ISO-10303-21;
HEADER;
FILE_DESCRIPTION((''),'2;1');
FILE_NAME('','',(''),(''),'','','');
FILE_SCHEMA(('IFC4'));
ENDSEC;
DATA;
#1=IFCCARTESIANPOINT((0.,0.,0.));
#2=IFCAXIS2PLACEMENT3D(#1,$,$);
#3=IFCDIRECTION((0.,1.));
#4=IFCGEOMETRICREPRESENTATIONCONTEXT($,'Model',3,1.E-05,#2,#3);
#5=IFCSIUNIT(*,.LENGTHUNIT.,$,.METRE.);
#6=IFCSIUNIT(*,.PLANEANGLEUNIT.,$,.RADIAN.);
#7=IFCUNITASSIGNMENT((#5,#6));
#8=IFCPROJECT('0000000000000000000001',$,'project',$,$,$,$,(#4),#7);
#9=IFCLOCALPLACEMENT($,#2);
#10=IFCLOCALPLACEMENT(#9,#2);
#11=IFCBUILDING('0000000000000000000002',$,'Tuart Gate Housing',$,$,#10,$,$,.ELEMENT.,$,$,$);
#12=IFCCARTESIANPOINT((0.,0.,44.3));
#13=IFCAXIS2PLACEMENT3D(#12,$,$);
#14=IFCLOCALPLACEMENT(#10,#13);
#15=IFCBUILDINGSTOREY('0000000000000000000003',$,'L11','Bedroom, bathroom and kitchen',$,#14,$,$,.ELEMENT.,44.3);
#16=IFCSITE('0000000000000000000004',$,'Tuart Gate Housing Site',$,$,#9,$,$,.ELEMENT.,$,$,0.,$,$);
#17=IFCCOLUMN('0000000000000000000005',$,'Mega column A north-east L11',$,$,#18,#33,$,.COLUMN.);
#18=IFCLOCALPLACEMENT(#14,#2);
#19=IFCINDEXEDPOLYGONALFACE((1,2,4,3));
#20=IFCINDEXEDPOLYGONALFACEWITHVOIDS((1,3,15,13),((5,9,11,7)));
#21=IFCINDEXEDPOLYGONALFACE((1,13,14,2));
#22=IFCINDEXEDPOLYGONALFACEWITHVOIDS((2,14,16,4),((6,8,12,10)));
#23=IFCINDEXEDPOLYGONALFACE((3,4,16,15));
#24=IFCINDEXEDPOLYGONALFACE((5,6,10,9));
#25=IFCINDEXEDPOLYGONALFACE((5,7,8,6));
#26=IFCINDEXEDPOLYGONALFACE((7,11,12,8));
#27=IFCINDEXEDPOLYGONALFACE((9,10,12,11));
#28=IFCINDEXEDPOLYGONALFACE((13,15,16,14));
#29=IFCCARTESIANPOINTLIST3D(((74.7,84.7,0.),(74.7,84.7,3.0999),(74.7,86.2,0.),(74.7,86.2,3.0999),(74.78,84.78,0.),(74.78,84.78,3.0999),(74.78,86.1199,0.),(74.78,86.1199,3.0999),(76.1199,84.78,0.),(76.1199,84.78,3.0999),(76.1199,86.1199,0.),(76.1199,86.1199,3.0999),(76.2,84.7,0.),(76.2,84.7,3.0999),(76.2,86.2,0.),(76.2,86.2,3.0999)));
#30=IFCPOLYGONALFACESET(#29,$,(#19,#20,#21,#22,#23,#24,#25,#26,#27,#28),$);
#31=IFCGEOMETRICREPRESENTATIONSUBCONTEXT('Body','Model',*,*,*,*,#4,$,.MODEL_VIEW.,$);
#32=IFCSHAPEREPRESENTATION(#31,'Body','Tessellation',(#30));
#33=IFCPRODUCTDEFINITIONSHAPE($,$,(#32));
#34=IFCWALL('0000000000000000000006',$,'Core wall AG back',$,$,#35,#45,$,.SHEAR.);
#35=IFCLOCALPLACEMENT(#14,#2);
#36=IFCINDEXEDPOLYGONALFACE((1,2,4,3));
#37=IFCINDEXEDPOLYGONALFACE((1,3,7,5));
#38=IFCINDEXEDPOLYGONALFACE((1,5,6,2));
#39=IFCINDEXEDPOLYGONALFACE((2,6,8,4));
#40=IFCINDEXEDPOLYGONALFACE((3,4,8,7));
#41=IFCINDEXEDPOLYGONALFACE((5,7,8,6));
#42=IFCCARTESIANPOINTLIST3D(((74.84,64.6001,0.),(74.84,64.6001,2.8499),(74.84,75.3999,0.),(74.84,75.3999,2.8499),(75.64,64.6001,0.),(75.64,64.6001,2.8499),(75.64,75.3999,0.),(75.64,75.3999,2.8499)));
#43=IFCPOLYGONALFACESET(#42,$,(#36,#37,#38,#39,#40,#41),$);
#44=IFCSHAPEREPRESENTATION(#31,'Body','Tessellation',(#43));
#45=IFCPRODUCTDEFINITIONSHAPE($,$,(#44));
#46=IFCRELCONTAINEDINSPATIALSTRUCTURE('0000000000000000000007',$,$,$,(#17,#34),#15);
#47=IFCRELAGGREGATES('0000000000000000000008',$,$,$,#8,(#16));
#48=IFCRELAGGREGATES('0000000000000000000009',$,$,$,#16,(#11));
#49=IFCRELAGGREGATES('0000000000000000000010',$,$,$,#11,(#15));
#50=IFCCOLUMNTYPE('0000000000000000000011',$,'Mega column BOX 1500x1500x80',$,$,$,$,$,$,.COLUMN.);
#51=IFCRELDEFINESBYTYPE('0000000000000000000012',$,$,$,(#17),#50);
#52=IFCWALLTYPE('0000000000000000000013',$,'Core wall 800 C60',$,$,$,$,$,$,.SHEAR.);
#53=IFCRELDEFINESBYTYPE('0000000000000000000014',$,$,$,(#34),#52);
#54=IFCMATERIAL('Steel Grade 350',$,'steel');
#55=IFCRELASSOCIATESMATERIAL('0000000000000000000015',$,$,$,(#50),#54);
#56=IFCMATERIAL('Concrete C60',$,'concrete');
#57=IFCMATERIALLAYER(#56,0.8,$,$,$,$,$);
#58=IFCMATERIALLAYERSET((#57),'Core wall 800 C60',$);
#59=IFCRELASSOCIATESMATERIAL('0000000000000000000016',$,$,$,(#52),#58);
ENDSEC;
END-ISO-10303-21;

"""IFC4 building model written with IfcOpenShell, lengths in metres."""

from ifc_helpers import new_model, si_unit, direction, frame, frame_2d, origin, origin_2d, place, context, subcontext, project, spatial, rectangle, hollow_rectangle, extrude, material, layer, layer_set, material_profile, profile_set, type_object, element, save


model = new_model("IFC4")

# Units and contexts
model_context = context("Model", 3, precision=1e-05, world=origin(), true_north=direction((0.0, 1.0)))
body_context = subcontext(model_context, "Body", "Model", "MODEL_VIEW")
ifc_project = project(units=[si_unit("LENGTHUNIT", "METRE"), si_unit("PLANEANGLEUNIT", "RADIAN")], contexts=[model_context])

# Site, building, storey
site_placement = place(None, origin())
site = spatial("IfcSite", under=ifc_project, at=site_placement, Name="Tuart Gate Housing Site", CompositionType="ELEMENT", RefElevation=0.0)
building_placement = place(site_placement, origin())
building = spatial("IfcBuilding", under=site, at=building_placement, Name="Tuart Gate Housing", CompositionType="ELEMENT")
storey_placement = place(building_placement, frame((0.0, 0.0, 44.3)))
storey = spatial("IfcBuildingStorey", under=building, at=storey_placement, Name="L11", Description="Bedroom, bathroom and kitchen", CompositionType="ELEMENT", Elevation=44.3)

# Column
ifc_material_1 = material(Name="Steel Grade 350", Category="steel")
ifc_material_profile = material_profile(ifc_material_1, hollow_rectangle(XDim=1.5, YDim=1.5, WallThickness=0.0801, at=origin_2d()), Name="BOX 1500x1500x80")
ifc_profile_set = profile_set([ifc_material_profile], Name="Steel Grade 350")
column_type = type_object("IfcColumnType", Name="Mega column BOX 1500x1500x80", PredefinedType="COLUMN", material=ifc_profile_set)
column_placement = place(storey_placement, frame((75.45, 85.45, 0.0), z_axis=(0.0, 0.0, 1.0), x_axis=(1.0, 0.0, 0.0)))
element("IfcColumn", 1, at=column_placement, inside=storey, type_object=column_type, Name="Mega column A north-east L11", PredefinedType="COLUMN", context=body_context, shape_type="SweptSolid", body=[
    extrude(hollow_rectangle(XDim=1.5, YDim=1.5, WallThickness=0.0801, at=origin_2d()), origin(), (0.0, 0.0, 1.0), 3.0999),
])

# Wall
ifc_material_2 = material(Name="Concrete C60", Category="concrete")
ifc_layer_1 = layer(ifc_material_2, 0.8)
ifc_layer_set_1 = layer_set([ifc_layer_1], Name="Core wall 800 C60")
wall_type_1 = type_object("IfcWallType", Name="Core wall 800 C60", PredefinedType="SHEAR", material=ifc_layer_set_1)
wall_1_placement = place(storey_placement, frame((75.24, 64.6001, 0.0), z_axis=(0.0, 0.0, 1.0), x_axis=(0.0, 1.0, 0.0)))
element("IfcWall", 2, at=wall_1_placement, inside=storey, type_object=wall_type_1, Name="Core wall AG back", PredefinedType="SHEAR", context=body_context, shape_type="SweptSolid", body=[
    extrude(rectangle(XDim=10.7998, YDim=0.8, at=frame_2d((5.3999, 0.0))), origin(), (0.0, 0.0, 1.0), 2.8499),
])

save(model, "model.ifc")
